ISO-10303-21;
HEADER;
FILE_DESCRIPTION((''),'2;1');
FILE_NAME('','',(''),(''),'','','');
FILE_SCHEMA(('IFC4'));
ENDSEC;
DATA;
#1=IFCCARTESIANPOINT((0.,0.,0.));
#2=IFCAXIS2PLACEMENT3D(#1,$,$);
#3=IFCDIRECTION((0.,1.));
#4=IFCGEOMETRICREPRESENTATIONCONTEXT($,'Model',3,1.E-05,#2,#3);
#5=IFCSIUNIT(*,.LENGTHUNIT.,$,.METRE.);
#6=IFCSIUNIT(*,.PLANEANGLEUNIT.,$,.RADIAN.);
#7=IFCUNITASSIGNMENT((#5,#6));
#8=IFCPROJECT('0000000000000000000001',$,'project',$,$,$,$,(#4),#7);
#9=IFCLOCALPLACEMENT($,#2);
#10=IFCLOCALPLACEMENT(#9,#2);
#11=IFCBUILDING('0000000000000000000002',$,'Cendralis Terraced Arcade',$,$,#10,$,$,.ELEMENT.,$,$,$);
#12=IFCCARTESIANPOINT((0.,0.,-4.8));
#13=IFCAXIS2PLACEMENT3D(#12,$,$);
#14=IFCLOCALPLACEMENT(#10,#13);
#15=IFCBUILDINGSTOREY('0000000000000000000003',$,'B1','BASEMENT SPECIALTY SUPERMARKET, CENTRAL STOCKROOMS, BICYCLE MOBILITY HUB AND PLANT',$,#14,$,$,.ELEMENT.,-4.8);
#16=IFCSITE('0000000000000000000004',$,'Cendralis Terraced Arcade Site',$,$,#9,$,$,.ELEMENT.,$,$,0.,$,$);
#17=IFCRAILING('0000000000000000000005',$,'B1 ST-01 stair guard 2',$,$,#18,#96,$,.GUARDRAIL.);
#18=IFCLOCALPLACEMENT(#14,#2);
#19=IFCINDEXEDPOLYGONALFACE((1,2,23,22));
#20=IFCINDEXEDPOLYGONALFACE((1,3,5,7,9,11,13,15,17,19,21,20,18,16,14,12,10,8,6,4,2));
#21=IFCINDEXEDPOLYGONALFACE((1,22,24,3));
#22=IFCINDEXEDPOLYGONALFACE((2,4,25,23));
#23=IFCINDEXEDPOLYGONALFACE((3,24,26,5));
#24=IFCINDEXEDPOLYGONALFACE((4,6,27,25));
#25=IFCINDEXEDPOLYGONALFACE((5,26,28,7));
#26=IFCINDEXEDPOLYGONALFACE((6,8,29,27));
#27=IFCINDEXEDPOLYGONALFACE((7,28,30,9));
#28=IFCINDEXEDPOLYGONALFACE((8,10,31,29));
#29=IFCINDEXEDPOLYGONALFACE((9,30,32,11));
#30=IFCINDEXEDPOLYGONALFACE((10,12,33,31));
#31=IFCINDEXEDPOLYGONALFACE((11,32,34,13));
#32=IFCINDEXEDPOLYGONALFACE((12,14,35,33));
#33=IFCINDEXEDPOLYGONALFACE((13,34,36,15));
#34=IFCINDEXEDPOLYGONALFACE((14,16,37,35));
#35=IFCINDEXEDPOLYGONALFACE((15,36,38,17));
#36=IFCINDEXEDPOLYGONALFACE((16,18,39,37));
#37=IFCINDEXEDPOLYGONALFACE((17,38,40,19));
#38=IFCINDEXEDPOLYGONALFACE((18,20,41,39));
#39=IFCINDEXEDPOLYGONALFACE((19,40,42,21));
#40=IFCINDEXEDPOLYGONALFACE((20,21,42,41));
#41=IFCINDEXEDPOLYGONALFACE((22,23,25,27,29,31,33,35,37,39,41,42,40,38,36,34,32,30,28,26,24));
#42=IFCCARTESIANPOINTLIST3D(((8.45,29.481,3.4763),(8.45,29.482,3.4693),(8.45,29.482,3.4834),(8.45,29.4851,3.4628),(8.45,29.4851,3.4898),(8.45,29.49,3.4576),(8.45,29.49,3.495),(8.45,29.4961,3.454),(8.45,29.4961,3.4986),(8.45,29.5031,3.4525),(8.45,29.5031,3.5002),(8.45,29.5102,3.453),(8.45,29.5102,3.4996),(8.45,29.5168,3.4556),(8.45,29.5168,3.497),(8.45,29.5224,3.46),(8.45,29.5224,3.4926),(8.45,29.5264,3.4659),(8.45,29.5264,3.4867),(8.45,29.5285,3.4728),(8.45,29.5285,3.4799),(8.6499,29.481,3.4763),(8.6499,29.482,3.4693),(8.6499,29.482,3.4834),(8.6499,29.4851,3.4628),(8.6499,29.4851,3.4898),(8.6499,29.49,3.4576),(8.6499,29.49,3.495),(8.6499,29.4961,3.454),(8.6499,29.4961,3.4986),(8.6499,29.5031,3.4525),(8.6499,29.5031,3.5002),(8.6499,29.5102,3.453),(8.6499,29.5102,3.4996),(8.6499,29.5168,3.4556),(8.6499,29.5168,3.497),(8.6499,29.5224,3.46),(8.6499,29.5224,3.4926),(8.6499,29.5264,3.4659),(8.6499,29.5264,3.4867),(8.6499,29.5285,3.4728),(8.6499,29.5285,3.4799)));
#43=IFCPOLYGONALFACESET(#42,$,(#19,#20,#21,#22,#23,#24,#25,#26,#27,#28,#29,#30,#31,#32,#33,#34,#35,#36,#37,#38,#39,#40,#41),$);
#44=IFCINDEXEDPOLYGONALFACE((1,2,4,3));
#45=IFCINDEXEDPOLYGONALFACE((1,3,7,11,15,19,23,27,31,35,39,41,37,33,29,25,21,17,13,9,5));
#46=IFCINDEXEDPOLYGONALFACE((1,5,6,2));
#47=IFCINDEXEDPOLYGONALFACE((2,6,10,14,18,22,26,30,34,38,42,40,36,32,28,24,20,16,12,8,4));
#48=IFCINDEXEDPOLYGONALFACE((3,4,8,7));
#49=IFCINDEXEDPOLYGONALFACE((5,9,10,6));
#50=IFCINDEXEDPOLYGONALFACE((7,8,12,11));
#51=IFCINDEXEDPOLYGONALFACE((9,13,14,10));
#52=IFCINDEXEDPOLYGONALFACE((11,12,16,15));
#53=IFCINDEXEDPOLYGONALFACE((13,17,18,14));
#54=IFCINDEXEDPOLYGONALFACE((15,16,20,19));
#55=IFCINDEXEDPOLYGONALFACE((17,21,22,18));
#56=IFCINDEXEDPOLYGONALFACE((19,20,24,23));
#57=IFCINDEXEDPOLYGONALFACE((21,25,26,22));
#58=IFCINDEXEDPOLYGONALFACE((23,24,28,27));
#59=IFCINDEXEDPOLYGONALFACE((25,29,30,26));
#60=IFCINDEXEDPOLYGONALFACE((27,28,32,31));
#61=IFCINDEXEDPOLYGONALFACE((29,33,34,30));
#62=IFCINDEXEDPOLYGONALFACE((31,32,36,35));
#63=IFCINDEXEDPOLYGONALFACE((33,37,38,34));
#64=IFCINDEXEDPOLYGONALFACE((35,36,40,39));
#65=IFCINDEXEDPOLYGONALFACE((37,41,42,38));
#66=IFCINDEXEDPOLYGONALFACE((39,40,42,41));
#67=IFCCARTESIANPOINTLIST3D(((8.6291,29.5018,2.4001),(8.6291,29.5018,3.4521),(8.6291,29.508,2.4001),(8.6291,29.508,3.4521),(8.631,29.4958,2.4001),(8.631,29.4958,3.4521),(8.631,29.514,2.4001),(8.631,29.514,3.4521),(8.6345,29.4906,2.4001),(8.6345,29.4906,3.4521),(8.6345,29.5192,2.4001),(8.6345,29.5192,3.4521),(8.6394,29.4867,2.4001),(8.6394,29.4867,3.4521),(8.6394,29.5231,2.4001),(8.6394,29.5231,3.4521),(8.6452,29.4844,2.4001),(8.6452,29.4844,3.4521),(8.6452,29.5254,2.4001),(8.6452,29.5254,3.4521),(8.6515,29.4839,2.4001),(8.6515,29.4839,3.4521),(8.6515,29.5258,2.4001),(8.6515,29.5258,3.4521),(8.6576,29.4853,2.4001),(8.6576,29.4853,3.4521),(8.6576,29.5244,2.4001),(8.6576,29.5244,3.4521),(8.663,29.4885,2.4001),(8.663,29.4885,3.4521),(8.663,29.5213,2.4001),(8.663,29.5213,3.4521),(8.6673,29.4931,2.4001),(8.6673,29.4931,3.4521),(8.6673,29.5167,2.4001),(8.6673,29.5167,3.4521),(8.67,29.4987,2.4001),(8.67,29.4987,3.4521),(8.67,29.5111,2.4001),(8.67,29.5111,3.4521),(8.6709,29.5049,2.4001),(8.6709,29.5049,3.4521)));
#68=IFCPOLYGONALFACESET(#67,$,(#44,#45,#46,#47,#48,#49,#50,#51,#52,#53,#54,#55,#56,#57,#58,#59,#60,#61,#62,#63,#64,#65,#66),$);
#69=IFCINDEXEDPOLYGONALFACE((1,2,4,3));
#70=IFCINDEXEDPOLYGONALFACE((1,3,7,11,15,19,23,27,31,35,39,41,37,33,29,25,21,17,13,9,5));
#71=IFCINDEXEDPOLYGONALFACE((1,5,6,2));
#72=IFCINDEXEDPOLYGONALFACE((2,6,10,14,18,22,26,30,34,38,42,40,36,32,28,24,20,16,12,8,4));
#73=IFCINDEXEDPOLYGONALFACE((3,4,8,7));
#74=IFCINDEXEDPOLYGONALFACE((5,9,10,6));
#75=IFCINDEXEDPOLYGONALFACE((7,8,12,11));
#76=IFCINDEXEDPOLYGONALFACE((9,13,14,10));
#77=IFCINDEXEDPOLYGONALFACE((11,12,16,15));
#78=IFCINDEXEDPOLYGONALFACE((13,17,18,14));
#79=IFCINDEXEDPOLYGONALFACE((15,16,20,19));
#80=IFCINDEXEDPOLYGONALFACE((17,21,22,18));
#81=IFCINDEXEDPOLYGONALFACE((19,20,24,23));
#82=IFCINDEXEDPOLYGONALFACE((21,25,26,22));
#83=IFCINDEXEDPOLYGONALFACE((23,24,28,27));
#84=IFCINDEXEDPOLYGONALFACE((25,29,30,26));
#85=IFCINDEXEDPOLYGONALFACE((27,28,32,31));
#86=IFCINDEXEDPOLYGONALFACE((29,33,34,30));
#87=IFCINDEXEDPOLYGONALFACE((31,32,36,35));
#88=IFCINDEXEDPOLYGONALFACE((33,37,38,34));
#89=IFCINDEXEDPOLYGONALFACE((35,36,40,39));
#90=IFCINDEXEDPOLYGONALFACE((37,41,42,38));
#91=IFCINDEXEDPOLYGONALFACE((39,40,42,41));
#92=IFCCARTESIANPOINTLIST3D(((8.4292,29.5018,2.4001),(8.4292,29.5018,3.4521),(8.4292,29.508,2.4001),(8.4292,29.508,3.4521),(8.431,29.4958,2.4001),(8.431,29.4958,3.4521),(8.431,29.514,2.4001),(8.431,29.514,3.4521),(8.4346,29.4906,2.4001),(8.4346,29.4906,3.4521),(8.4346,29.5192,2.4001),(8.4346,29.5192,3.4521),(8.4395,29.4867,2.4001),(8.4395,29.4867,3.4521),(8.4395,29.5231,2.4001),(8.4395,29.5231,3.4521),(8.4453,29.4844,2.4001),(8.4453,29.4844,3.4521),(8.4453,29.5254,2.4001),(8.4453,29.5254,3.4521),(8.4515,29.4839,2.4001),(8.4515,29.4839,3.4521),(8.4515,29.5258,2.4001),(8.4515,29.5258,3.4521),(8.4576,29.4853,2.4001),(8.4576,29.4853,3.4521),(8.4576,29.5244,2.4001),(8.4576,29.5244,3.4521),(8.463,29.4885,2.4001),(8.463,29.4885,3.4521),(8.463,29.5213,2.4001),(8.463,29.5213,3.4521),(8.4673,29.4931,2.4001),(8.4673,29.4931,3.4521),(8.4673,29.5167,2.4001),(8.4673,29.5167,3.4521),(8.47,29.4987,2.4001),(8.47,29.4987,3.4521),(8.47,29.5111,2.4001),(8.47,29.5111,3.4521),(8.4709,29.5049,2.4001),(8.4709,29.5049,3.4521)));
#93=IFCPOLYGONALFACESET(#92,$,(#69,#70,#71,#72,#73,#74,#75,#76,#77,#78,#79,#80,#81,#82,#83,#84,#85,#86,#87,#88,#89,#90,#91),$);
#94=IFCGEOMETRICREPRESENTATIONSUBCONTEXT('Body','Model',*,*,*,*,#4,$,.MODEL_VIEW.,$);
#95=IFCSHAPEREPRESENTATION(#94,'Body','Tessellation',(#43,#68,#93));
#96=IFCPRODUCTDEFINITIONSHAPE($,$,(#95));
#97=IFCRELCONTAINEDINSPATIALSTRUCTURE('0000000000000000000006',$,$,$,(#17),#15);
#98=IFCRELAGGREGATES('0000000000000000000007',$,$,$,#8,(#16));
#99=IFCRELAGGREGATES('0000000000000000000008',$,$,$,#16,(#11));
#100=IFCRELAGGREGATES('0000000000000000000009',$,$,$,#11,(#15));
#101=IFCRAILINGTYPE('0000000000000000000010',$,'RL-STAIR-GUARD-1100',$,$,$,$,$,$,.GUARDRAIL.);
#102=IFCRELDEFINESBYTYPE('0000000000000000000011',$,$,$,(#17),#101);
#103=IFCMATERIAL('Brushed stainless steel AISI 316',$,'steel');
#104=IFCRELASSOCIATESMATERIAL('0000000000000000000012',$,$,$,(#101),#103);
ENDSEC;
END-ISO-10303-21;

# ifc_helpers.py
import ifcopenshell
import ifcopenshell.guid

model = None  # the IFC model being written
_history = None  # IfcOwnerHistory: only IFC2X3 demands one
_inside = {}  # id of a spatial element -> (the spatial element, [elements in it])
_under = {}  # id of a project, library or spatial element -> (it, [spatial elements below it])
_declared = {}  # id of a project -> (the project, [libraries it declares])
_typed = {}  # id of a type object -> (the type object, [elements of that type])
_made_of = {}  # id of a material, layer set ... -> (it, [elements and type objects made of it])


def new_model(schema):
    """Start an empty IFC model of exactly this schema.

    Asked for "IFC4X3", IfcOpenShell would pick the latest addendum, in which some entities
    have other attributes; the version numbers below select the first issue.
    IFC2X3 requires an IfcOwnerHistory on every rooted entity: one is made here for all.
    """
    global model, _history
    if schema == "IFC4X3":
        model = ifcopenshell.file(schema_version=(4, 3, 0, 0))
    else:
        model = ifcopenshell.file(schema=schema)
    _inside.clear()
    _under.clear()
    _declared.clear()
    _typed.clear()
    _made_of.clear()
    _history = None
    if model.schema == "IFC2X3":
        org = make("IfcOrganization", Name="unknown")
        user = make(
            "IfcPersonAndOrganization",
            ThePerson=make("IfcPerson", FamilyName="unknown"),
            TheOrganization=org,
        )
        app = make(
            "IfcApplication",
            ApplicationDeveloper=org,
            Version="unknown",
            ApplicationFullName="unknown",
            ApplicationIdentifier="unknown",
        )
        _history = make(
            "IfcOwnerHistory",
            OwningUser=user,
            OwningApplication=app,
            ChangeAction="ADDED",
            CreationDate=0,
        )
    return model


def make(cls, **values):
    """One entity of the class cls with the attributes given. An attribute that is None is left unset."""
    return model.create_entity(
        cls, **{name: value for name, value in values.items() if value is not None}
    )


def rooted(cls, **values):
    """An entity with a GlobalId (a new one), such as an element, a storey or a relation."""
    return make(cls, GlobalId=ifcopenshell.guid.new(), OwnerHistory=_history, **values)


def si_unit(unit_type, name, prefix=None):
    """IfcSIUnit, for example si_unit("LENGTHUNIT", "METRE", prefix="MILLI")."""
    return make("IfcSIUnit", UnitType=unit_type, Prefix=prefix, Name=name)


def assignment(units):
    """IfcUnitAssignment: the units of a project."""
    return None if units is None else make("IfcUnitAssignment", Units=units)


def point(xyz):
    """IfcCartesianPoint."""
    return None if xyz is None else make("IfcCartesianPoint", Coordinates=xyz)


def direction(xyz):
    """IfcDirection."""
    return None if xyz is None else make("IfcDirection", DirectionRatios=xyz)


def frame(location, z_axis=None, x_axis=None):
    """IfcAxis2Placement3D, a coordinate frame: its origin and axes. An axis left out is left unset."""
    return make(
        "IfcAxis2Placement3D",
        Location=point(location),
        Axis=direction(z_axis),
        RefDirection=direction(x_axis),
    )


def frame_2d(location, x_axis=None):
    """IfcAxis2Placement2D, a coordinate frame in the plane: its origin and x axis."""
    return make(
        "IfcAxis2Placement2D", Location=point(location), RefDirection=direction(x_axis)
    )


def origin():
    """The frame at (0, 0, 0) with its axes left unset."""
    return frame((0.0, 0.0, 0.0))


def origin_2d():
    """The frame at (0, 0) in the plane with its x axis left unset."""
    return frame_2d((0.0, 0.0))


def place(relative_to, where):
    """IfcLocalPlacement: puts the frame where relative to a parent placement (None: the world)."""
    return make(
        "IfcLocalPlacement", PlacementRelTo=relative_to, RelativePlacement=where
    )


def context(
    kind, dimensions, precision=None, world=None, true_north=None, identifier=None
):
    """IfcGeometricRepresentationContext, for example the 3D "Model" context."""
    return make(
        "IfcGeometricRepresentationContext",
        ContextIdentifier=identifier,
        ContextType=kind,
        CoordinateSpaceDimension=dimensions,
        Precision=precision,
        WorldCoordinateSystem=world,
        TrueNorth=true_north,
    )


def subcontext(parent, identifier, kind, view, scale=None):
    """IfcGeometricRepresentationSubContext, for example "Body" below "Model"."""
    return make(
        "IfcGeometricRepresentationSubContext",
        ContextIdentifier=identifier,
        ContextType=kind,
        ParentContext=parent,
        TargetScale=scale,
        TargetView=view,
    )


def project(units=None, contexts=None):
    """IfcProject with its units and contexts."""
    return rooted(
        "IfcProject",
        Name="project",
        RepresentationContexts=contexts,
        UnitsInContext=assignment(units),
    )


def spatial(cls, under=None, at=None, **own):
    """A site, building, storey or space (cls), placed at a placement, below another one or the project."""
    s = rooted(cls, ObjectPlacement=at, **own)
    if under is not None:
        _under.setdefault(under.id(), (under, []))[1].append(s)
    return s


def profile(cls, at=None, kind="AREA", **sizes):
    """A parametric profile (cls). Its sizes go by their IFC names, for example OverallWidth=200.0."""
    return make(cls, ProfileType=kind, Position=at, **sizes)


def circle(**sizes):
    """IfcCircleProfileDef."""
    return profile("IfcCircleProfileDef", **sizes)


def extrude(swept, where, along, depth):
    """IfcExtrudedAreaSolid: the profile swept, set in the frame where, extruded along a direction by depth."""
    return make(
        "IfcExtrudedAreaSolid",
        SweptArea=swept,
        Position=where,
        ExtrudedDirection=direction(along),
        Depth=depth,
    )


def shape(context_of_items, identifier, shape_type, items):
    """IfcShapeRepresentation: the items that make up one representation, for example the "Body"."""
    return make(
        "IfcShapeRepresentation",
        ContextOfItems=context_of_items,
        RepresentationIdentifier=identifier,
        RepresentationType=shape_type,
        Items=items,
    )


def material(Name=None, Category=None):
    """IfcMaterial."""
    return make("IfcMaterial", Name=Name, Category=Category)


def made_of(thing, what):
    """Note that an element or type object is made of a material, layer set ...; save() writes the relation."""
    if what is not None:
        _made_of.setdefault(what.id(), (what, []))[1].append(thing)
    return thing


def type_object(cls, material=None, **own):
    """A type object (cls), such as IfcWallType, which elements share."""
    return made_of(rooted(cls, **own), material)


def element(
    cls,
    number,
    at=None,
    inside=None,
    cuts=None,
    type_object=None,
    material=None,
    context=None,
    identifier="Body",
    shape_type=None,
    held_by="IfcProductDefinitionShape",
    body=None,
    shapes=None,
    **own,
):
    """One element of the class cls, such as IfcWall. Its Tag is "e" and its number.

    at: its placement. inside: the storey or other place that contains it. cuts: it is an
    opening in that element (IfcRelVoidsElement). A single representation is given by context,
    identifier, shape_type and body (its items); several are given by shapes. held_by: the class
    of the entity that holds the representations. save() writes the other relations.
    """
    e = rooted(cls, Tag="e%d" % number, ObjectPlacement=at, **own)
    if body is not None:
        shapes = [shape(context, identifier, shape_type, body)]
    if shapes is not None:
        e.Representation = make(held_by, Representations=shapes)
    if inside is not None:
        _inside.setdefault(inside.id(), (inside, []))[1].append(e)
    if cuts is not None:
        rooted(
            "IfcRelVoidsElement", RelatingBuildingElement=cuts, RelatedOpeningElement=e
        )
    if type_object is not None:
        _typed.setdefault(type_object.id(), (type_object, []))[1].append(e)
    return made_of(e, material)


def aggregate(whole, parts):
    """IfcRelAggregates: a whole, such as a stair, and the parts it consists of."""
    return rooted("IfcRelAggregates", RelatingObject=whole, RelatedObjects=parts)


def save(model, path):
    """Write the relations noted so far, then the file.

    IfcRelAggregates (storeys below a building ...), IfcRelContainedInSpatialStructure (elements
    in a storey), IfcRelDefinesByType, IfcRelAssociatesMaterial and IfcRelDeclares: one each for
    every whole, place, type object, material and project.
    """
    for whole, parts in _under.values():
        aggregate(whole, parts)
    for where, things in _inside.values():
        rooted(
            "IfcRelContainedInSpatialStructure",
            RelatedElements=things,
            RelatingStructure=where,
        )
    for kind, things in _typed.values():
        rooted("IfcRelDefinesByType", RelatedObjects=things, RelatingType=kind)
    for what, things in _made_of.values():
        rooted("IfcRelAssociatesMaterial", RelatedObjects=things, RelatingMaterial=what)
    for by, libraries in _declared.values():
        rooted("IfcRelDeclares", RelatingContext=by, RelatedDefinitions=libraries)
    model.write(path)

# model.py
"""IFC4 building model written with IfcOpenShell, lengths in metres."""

from ifc_helpers import new_model, si_unit, direction, frame, origin, origin_2d, place, context, subcontext, project, spatial, circle, extrude, material, type_object, element, save


model = new_model("IFC4")

# Units and contexts
model_context = context("Model", 3, precision=1e-05, world=origin(), true_north=direction((0.0, 1.0)))
body_context = subcontext(model_context, "Body", "Model", "MODEL_VIEW")
ifc_project = project(units=[si_unit("LENGTHUNIT", "METRE"), si_unit("PLANEANGLEUNIT", "RADIAN")], contexts=[model_context])

# Site, building, storey
site_placement = place(None, origin())
site = spatial("IfcSite", under=ifc_project, at=site_placement, Name="Cendralis Terraced Arcade Site", CompositionType="ELEMENT", RefElevation=0.0)
building_placement = place(site_placement, origin())
building = spatial("IfcBuilding", under=site, at=building_placement, Name="Cendralis Terraced Arcade", CompositionType="ELEMENT")
storey_placement = place(building_placement, frame((0.0, 0.0, -4.8)))
storey = spatial("IfcBuildingStorey", under=building, at=storey_placement, Name="B1", Description="BASEMENT SPECIALTY SUPERMARKET, CENTRAL STOCKROOMS, BICYCLE MOBILITY HUB AND PLANT", CompositionType="ELEMENT", Elevation=-4.8)

# Railing
ifc_material_1 = material(Name="Brushed stainless steel AISI 316", Category="steel")
railing_type_1 = type_object("IfcRailingType", Name="RL-STAIR-GUARD-1100", PredefinedType="GUARDRAIL", material=ifc_material_1)
railing_1_placement = place(storey_placement, frame((8.6499, 29.5049, 2.4001)))
element("IfcRailing", 1, at=railing_1_placement, inside=storey, type_object=railing_type_1, Name="B1 ST-01 stair guard 2", PredefinedType="GUARDRAIL", context=body_context, shape_type="SweptSolid", body=[
    extrude(circle(Radius=0.0239, at=origin_2d()), frame((0.0, 0.0, 1.0762), z_axis=(-1.0, 0.0, 0.0), x_axis=(0.0, -1.0, 0.0)), (0.0, 0.0, 1.0), 0.2),
    extrude(circle(Radius=0.021, at=origin_2d()), origin(), (0.0, 0.0, 1.0), 1.052),
    extrude(circle(Radius=0.021, at=origin_2d()), frame((-0.2, 0.0, 0.0)), (0.0, 0.0, 1.0), 1.052),
])

save(model, "model.ifc")
